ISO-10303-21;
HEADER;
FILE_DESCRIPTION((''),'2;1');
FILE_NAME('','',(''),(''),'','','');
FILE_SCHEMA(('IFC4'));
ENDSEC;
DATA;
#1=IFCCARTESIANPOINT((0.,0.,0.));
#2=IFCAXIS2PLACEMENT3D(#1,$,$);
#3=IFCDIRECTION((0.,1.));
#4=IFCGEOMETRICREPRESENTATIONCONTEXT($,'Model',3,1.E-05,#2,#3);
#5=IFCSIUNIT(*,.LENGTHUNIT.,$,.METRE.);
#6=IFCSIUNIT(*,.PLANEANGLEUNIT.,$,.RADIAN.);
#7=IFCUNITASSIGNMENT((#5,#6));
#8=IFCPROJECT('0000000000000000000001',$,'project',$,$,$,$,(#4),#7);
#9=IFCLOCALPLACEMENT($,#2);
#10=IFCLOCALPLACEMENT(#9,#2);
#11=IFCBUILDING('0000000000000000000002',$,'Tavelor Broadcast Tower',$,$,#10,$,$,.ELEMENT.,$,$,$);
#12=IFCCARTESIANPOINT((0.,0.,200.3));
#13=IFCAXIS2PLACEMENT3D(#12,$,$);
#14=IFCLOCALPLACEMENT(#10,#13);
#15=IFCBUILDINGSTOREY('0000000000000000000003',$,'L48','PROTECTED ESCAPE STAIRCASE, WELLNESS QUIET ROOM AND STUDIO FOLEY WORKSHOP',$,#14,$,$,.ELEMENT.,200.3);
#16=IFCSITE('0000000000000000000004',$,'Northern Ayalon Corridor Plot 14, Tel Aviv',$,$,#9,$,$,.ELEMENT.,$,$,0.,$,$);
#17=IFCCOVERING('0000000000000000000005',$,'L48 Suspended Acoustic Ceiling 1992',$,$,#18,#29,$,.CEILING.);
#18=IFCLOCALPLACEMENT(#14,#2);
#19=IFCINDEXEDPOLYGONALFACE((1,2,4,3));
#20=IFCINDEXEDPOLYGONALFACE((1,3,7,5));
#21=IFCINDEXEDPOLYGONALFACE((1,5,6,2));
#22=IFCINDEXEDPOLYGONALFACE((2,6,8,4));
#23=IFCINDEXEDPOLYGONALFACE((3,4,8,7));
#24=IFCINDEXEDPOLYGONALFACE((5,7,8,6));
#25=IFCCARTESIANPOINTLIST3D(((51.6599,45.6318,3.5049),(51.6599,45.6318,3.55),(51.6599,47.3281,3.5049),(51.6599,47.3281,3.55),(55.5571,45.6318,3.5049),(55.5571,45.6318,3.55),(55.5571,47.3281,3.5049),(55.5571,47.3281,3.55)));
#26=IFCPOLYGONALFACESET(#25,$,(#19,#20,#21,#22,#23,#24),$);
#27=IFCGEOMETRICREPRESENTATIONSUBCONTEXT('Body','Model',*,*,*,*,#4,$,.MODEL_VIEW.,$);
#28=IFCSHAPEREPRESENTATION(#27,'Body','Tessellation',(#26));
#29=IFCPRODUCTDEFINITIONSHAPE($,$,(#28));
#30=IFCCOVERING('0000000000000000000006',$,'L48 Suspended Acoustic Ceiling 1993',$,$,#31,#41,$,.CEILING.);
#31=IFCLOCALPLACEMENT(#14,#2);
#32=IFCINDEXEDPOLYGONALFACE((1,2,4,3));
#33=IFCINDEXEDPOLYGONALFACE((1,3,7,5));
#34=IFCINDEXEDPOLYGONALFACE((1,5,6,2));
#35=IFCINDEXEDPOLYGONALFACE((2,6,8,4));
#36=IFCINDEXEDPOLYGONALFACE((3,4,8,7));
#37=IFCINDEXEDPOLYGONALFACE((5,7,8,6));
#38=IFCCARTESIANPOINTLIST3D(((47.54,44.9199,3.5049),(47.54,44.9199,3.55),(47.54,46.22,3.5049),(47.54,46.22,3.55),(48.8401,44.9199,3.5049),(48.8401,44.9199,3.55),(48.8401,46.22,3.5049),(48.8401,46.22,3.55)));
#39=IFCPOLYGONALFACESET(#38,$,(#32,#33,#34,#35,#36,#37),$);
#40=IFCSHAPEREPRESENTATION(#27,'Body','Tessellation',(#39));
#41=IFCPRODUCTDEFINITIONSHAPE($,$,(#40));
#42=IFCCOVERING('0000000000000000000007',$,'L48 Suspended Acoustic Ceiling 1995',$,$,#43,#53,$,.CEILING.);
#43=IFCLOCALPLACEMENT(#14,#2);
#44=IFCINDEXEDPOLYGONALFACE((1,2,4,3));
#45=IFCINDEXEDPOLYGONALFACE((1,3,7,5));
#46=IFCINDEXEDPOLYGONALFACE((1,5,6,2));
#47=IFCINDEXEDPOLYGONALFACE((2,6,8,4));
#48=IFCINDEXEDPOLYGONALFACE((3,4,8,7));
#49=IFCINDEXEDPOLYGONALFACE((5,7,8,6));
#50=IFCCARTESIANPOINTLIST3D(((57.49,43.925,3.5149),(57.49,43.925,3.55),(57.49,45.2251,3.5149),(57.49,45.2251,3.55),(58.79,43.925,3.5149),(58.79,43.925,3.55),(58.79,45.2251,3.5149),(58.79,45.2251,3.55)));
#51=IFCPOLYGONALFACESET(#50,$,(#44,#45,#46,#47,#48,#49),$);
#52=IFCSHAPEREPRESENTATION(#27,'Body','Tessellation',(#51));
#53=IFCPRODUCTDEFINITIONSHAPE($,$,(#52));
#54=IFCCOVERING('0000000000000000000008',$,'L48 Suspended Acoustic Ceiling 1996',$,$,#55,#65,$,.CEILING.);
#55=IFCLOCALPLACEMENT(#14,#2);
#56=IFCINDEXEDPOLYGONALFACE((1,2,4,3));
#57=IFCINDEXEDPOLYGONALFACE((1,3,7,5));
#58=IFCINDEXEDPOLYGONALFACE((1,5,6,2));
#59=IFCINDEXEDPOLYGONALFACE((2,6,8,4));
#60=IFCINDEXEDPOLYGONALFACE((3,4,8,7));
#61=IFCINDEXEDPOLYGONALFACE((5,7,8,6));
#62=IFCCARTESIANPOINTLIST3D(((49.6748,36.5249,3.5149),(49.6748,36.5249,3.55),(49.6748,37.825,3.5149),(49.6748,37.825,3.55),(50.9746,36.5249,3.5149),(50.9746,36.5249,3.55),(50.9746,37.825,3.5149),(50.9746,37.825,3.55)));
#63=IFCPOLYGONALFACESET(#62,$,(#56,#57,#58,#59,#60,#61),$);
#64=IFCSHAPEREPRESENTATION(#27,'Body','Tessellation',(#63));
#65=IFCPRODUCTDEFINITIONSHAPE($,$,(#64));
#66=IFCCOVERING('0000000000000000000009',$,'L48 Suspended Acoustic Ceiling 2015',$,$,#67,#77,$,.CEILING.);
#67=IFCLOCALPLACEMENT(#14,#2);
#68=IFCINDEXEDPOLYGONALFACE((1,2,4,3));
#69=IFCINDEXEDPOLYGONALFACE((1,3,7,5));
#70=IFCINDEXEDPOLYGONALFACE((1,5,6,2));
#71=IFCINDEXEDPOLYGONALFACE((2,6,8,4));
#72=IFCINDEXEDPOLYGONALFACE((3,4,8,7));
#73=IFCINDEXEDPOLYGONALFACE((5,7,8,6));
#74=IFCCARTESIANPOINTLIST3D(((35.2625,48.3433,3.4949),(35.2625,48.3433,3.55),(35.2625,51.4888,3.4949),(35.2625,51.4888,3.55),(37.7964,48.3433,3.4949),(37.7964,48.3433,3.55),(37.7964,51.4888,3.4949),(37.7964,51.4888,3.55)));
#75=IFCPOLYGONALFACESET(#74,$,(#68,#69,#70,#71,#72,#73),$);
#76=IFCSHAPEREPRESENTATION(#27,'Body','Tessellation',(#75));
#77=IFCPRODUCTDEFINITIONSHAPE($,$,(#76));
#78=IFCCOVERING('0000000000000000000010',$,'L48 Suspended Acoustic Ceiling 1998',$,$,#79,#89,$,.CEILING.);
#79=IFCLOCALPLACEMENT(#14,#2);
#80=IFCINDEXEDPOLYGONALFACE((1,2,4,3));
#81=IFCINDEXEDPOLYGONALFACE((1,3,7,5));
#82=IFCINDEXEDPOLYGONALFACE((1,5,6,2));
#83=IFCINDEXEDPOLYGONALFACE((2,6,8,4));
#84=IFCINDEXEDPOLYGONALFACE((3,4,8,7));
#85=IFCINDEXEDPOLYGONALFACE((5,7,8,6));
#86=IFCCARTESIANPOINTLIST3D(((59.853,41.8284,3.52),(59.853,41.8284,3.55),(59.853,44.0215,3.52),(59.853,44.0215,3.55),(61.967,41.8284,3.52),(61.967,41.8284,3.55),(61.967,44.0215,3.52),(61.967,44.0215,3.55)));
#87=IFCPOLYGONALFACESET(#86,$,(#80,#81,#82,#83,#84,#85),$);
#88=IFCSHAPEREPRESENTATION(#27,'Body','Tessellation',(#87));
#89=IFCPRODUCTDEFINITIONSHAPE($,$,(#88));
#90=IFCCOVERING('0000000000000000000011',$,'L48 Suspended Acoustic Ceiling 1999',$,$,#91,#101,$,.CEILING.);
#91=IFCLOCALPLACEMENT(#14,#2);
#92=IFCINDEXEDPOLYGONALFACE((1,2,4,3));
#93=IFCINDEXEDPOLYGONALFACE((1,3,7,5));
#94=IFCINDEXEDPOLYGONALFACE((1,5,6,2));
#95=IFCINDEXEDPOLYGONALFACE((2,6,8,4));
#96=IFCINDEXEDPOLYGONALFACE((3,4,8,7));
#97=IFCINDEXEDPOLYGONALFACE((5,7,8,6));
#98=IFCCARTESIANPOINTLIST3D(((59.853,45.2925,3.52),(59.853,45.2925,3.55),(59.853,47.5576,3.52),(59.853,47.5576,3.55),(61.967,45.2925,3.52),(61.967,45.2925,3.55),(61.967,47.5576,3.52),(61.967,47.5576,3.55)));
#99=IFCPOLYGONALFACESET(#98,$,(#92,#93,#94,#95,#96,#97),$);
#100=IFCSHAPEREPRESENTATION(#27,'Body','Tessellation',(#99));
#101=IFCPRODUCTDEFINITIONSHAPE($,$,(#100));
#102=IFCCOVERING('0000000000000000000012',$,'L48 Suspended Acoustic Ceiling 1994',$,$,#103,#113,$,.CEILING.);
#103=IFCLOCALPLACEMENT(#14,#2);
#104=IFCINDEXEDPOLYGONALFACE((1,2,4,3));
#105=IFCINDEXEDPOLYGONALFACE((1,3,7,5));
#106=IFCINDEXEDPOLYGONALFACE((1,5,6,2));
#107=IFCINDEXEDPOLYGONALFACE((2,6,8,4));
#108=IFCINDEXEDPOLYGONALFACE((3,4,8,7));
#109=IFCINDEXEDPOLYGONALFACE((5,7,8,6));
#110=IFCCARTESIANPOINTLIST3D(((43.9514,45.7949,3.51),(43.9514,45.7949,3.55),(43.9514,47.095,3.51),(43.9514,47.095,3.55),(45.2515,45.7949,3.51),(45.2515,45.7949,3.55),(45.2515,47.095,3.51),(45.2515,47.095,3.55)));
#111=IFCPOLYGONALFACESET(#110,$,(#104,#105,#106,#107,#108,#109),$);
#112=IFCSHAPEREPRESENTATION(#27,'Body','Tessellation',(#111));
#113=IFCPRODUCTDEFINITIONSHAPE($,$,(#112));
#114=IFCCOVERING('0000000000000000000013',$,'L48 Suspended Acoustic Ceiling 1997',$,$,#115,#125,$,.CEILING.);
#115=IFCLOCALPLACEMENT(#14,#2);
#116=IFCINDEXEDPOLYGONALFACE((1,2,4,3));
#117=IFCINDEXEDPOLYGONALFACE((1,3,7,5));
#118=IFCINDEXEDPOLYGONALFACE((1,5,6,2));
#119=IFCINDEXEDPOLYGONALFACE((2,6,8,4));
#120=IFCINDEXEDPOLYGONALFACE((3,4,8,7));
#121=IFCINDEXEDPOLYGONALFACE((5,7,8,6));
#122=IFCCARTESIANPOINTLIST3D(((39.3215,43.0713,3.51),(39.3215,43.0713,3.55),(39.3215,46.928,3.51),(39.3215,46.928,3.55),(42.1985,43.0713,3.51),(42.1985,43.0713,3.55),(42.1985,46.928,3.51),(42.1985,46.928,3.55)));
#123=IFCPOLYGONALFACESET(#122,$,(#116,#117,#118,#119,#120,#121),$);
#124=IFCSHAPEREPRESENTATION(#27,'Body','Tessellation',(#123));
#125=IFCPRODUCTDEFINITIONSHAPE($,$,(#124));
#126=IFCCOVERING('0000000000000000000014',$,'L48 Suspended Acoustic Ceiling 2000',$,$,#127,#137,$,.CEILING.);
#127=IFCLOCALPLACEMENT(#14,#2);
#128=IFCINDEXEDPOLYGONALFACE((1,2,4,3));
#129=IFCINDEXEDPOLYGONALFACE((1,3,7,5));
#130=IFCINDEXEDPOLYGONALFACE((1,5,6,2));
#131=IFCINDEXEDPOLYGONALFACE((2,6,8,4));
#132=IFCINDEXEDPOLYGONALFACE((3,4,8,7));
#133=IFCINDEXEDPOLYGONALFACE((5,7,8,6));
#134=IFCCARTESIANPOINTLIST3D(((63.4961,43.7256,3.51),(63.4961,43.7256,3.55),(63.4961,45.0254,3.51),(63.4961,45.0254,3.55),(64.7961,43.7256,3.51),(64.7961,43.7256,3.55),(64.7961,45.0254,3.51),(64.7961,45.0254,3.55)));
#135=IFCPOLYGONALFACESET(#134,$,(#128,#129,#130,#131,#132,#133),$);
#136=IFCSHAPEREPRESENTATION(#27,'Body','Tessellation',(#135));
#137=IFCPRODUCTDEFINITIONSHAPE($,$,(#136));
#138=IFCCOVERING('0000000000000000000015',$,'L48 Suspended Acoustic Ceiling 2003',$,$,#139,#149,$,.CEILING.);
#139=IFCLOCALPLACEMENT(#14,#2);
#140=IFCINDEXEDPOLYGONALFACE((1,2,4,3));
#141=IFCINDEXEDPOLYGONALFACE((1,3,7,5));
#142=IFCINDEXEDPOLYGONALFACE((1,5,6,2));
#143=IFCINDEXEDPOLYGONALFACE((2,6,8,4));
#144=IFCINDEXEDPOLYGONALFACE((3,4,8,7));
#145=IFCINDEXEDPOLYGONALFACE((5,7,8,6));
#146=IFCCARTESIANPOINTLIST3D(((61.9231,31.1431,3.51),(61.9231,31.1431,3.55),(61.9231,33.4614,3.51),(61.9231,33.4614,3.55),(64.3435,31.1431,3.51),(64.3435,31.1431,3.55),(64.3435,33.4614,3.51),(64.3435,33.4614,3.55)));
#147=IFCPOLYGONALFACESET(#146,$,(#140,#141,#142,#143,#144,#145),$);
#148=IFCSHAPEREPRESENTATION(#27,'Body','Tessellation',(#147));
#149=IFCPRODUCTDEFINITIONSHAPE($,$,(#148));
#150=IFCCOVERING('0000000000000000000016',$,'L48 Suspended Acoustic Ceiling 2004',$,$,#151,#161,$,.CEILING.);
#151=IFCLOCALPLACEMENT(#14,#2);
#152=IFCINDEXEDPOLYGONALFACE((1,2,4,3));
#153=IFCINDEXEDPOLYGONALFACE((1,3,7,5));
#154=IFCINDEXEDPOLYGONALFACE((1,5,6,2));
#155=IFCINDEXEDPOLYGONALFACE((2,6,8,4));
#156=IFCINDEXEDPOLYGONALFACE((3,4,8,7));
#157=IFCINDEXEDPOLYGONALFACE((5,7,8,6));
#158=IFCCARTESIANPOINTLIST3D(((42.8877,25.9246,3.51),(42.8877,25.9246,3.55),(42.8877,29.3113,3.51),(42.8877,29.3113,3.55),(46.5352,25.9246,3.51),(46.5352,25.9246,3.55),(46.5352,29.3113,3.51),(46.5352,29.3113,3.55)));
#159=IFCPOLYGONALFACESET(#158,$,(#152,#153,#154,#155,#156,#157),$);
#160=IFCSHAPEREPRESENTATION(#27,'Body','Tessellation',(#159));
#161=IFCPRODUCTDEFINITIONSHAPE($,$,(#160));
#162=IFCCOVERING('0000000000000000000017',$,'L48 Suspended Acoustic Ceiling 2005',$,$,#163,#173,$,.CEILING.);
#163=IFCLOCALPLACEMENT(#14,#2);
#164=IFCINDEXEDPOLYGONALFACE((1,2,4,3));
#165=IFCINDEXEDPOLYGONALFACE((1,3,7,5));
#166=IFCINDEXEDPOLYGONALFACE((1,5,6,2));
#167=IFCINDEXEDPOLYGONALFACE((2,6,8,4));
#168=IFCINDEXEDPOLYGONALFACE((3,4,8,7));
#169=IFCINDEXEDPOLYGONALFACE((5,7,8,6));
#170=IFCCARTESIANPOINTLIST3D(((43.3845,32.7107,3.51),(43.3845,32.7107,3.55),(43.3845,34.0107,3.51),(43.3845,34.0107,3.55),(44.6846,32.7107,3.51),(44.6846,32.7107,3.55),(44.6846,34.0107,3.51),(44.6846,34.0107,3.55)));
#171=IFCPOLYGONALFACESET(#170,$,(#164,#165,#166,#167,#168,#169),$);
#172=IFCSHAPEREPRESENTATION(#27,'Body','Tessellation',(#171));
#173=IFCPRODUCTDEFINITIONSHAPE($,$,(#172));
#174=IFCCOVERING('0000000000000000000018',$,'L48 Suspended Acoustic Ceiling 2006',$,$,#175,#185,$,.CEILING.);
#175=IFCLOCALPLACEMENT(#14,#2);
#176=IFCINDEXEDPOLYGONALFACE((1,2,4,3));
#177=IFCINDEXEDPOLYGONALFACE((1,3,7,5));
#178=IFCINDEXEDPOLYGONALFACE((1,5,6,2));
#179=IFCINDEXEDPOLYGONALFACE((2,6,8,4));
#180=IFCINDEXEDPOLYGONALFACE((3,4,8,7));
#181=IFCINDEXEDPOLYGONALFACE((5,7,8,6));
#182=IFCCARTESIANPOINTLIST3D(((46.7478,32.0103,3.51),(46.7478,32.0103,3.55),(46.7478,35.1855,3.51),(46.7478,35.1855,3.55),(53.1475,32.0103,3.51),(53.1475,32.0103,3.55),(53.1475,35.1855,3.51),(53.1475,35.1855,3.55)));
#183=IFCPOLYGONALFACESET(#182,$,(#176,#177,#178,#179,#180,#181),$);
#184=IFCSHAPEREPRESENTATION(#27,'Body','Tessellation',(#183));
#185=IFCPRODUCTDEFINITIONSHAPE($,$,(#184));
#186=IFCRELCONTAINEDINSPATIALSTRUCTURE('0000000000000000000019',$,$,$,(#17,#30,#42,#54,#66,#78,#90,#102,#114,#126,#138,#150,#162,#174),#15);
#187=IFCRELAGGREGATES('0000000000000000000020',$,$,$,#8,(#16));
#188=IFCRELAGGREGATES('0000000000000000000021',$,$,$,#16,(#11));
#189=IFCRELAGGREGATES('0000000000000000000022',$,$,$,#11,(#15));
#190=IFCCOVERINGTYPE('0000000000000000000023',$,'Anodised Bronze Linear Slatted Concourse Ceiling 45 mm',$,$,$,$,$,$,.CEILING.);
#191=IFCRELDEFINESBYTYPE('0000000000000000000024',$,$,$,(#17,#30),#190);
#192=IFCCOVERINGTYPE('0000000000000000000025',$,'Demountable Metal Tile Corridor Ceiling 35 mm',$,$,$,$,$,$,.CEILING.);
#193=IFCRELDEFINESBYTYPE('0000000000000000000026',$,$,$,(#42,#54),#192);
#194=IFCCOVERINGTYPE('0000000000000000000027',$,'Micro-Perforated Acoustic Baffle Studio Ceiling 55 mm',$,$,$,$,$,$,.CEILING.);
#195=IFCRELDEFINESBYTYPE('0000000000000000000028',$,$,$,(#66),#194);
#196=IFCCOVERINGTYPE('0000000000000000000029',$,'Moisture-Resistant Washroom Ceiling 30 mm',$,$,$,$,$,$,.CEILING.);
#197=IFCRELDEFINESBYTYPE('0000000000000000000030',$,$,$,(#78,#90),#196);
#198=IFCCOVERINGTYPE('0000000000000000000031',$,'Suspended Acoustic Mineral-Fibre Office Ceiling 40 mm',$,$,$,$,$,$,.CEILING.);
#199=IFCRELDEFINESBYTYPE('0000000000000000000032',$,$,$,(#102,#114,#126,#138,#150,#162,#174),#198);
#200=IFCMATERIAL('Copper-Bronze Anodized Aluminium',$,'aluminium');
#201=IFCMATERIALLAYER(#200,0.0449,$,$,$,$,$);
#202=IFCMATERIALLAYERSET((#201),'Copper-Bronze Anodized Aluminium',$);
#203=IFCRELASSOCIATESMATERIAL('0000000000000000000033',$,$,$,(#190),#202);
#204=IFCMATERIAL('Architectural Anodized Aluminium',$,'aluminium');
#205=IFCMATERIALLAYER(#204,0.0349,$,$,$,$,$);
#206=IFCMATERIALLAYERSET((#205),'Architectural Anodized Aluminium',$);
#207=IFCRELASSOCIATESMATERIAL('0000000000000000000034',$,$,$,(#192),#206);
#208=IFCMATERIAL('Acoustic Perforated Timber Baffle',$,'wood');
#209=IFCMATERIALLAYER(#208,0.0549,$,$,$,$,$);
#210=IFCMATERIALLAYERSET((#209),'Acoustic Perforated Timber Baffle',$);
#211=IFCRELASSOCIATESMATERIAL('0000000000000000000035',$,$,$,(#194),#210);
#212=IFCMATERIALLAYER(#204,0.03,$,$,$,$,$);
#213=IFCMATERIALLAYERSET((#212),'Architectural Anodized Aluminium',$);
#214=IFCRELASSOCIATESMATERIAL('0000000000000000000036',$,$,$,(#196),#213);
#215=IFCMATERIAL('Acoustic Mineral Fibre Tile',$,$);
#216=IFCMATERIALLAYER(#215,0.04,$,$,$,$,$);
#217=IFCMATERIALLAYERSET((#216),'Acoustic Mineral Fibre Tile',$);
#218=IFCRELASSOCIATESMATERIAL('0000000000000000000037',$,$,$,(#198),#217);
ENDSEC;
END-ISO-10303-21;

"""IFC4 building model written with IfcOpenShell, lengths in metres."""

from ifc_helpers import new_model, si_unit, direction, frame, origin, place, context, subcontext, project, spatial, polyline, outline, extrude, material, layer, layer_set, type_object, element, save


model = new_model("IFC4")

# Units and contexts
model_context = context("Model", 3, precision=1e-05, world=origin(), true_north=direction((0.0, 1.0)))
body_context = subcontext(model_context, "Body", "Model", "MODEL_VIEW")
ifc_project = project(units=[si_unit("LENGTHUNIT", "METRE"), si_unit("PLANEANGLEUNIT", "RADIAN")], contexts=[model_context])

# Site, building, storey
site_placement = place(None, origin())
site = spatial("IfcSite", under=ifc_project, at=site_placement, Name="Northern Ayalon Corridor Plot 14, Tel Aviv", CompositionType="ELEMENT", RefElevation=0.0)
building_placement = place(site_placement, origin())
building = spatial("IfcBuilding", under=site, at=building_placement, Name="Tavelor Broadcast Tower", CompositionType="ELEMENT")
storey_placement = place(building_placement, frame((0.0, 0.0, 200.3)))
storey = spatial("IfcBuildingStorey", under=building, at=storey_placement, Name="L48", Description="PROTECTED ESCAPE STAIRCASE, WELLNESS QUIET ROOM AND STUDIO FOLEY WORKSHOP", CompositionType="ELEMENT", Elevation=200.3)

# Coverings
ifc_material_1 = material(Name="Copper-Bronze Anodized Aluminium", Category="aluminium")
ifc_layer_1 = layer(ifc_material_1, 0.0449)
ifc_layer_set_1 = layer_set([ifc_layer_1], Name="Copper-Bronze Anodized Aluminium")
covering_type_1 = type_object("IfcCoveringType", Name="Anodised Bronze Linear Slatted Concourse Ceiling 45 mm", PredefinedType="CEILING", material=ifc_layer_set_1)
covering_1_placement = place(storey_placement, frame((0.0, 0.0, 3.5049)))
element("IfcCovering", 1, at=covering_1_placement, inside=storey, type_object=covering_type_1, Name="L48 Suspended Acoustic Ceiling 1992", PredefinedType="CEILING", context=body_context, shape_type="SweptSolid", body=[
    extrude(outline(polyline([(51.6599, 45.6318), (55.5571, 45.6318), (55.5571, 47.3281), (51.6599, 47.3281), (51.6599, 45.6318)])), origin(), (0.0, 0.0, 1.0), 0.0452),
])
covering_2_placement = place(storey_placement, frame((0.0, 0.0, 3.5049)))
element("IfcCovering", 2, at=covering_2_placement, inside=storey, type_object=covering_type_1, Name="L48 Suspended Acoustic Ceiling 1993", PredefinedType="CEILING", context=body_context, shape_type="SweptSolid", body=[
    extrude(outline(polyline([(47.54, 44.9199), (48.8401, 44.9199), (48.8401, 46.22), (47.54, 46.22), (47.54, 44.9199)])), origin(), (0.0, 0.0, 1.0), 0.0452),
])
ifc_material_2 = material(Name="Architectural Anodized Aluminium", Category="aluminium")
ifc_layer_2 = layer(ifc_material_2, 0.0349)
ifc_layer_set_2 = layer_set([ifc_layer_2], Name="Architectural Anodized Aluminium")
covering_type_2 = type_object("IfcCoveringType", Name="Demountable Metal Tile Corridor Ceiling 35 mm", PredefinedType="CEILING", material=ifc_layer_set_2)
covering_3_placement = place(storey_placement, frame((0.0, 0.0, 3.5149)))
element("IfcCovering", 3, at=covering_3_placement, inside=storey, type_object=covering_type_2, Name="L48 Suspended Acoustic Ceiling 1995", PredefinedType="CEILING", context=body_context, shape_type="SweptSolid", body=[
    extrude(outline(polyline([(57.49, 43.925), (58.79, 43.925), (58.79, 45.2251), (57.49, 45.2251), (57.49, 43.925)])), origin(), (0.0, 0.0, 1.0), 0.0352),
])
covering_4_placement = place(storey_placement, frame((0.0, 0.0, 3.5149)))
element("IfcCovering", 4, at=covering_4_placement, inside=storey, type_object=covering_type_2, Name="L48 Suspended Acoustic Ceiling 1996", PredefinedType="CEILING", context=body_context, shape_type="SweptSolid", body=[
    extrude(outline(polyline([(49.6748, 36.5249), (50.9746, 36.5249), (50.9746, 37.825), (49.6748, 37.825), (49.6748, 36.5249)])), origin(), (0.0, 0.0, 1.0), 0.0352),
])
ifc_material_3 = material(Name="Acoustic Perforated Timber Baffle", Category="wood")
ifc_layer_3 = layer(ifc_material_3, 0.0549)
ifc_layer_set_3 = layer_set([ifc_layer_3], Name="Acoustic Perforated Timber Baffle")
covering_type_3 = type_object("IfcCoveringType", Name="Micro-Perforated Acoustic Baffle Studio Ceiling 55 mm", PredefinedType="CEILING", material=ifc_layer_set_3)
covering_5_placement = place(storey_placement, frame((0.0, 0.0, 3.4949)))
element("IfcCovering", 5, at=covering_5_placement, inside=storey, type_object=covering_type_3, Name="L48 Suspended Acoustic Ceiling 2015", PredefinedType="CEILING", context=body_context, shape_type="SweptSolid", body=[
    extrude(outline(polyline([(35.2625, 48.3433), (37.7964, 48.3433), (37.7964, 51.4888), (35.2625, 51.4888), (35.2625, 48.3433)])), origin(), (0.0, 0.0, 1.0), 0.0552),
])
ifc_layer_4 = layer(ifc_material_2, 0.03)
ifc_layer_set_4 = layer_set([ifc_layer_4], Name="Architectural Anodized Aluminium")
covering_type_4 = type_object("IfcCoveringType", Name="Moisture-Resistant Washroom Ceiling 30 mm", PredefinedType="CEILING", material=ifc_layer_set_4)
covering_6_placement = place(storey_placement, frame((0.0, 0.0, 3.52)))
element("IfcCovering", 6, at=covering_6_placement, inside=storey, type_object=covering_type_4, Name="L48 Suspended Acoustic Ceiling 1998", PredefinedType="CEILING", context=body_context, shape_type="SweptSolid", body=[
    extrude(outline(polyline([(59.853, 41.8284), (61.967, 41.8284), (61.967, 44.0215), (59.853, 44.0215), (59.853, 41.8284)])), origin(), (0.0, 0.0, 1.0), 0.03),
])
covering_7_placement = place(storey_placement, frame((0.0, 0.0, 3.52)))
element("IfcCovering", 7, at=covering_7_placement, inside=storey, type_object=covering_type_4, Name="L48 Suspended Acoustic Ceiling 1999", PredefinedType="CEILING", context=body_context, shape_type="SweptSolid", body=[
    extrude(outline(polyline([(59.853, 45.2925), (61.967, 45.2925), (61.967, 47.5576), (59.853, 47.5576), (59.853, 45.2925)])), origin(), (0.0, 0.0, 1.0), 0.03),
])
ifc_material_4 = material(Name="Acoustic Mineral Fibre Tile")
ifc_layer_5 = layer(ifc_material_4, 0.04)
ifc_layer_set_5 = layer_set([ifc_layer_5], Name="Acoustic Mineral Fibre Tile")
covering_type_5 = type_object("IfcCoveringType", Name="Suspended Acoustic Mineral-Fibre Office Ceiling 40 mm", PredefinedType="CEILING", material=ifc_layer_set_5)
covering_8_placement = place(storey_placement, frame((0.0, 0.0, 3.51)))
element("IfcCovering", 8, at=covering_8_placement, inside=storey, type_object=covering_type_5, Name="L48 Suspended Acoustic Ceiling 1994", PredefinedType="CEILING", context=body_context, shape_type="SweptSolid", body=[
    extrude(outline(polyline([(43.9514, 45.7949), (45.2515, 45.7949), (45.2515, 47.095), (43.9514, 47.095), (43.9514, 45.7949)])), origin(), (0.0, 0.0, 1.0), 0.04),
])
covering_9_placement = place(storey_placement, frame((0.0, 0.0, 3.51)))
element("IfcCovering", 9, at=covering_9_placement, inside=storey, type_object=covering_type_5, Name="L48 Suspended Acoustic Ceiling 1997", PredefinedType="CEILING", context=body_context, shape_type="SweptSolid", body=[
    extrude(outline(polyline([(39.3215, 43.0713), (42.1985, 43.0713), (42.1985, 46.928), (39.3215, 46.928), (39.3215, 43.0713)])), origin(), (0.0, 0.0, 1.0), 0.04),
])
covering_10_placement = place(storey_placement, frame((0.0, 0.0, 3.51)))
element("IfcCovering", 10, at=covering_10_placement, inside=storey, type_object=covering_type_5, Name="L48 Suspended Acoustic Ceiling 2000", PredefinedType="CEILING", context=body_context, shape_type="SweptSolid", body=[
    extrude(outline(polyline([(63.4961, 43.7256), (64.7961, 43.7256), (64.7961, 45.0254), (63.4961, 45.0254), (63.4961, 43.7256)])), origin(), (0.0, 0.0, 1.0), 0.04),
])
covering_11_placement = place(storey_placement, frame((0.0, 0.0, 3.51)))
element("IfcCovering", 11, at=covering_11_placement, inside=storey, type_object=covering_type_5, Name="L48 Suspended Acoustic Ceiling 2003", PredefinedType="CEILING", context=body_context, shape_type="SweptSolid", body=[
    extrude(outline(polyline([(61.9231, 31.1431), (64.3435, 31.1431), (64.3435, 33.4614), (61.9231, 33.4614), (61.9231, 31.1431)])), origin(), (0.0, 0.0, 1.0), 0.04),
])
covering_12_placement = place(storey_placement, frame((0.0, 0.0, 3.51)))
element("IfcCovering", 12, at=covering_12_placement, inside=storey, type_object=covering_type_5, Name="L48 Suspended Acoustic Ceiling 2004", PredefinedType="CEILING", context=body_context, shape_type="SweptSolid", body=[
    extrude(outline(polyline([(42.8877, 25.9246), (46.5352, 25.9246), (46.5352, 29.3113), (42.8877, 29.3113), (42.8877, 25.9246)])), origin(), (0.0, 0.0, 1.0), 0.04),
])
covering_13_placement = place(storey_placement, frame((0.0, 0.0, 3.51)))
element("IfcCovering", 13, at=covering_13_placement, inside=storey, type_object=covering_type_5, Name="L48 Suspended Acoustic Ceiling 2005", PredefinedType="CEILING", context=body_context, shape_type="SweptSolid", body=[
    extrude(outline(polyline([(43.3845, 32.7107), (44.6846, 32.7107), (44.6846, 34.0107), (43.3845, 34.0107), (43.3845, 32.7107)])), origin(), (0.0, 0.0, 1.0), 0.04),
])
covering_14_placement = place(storey_placement, frame((0.0, 0.0, 3.51)))
element("IfcCovering", 14, at=covering_14_placement, inside=storey, type_object=covering_type_5, Name="L48 Suspended Acoustic Ceiling 2006", PredefinedType="CEILING", context=body_context, shape_type="SweptSolid", body=[
    extrude(outline(polyline([(46.7478, 32.0103), (53.1475, 32.0103), (53.1475, 35.1855), (46.7478, 35.1855), (46.7478, 32.0103)])), origin(), (0.0, 0.0, 1.0), 0.04),
])

save(model, "model.ifc")
